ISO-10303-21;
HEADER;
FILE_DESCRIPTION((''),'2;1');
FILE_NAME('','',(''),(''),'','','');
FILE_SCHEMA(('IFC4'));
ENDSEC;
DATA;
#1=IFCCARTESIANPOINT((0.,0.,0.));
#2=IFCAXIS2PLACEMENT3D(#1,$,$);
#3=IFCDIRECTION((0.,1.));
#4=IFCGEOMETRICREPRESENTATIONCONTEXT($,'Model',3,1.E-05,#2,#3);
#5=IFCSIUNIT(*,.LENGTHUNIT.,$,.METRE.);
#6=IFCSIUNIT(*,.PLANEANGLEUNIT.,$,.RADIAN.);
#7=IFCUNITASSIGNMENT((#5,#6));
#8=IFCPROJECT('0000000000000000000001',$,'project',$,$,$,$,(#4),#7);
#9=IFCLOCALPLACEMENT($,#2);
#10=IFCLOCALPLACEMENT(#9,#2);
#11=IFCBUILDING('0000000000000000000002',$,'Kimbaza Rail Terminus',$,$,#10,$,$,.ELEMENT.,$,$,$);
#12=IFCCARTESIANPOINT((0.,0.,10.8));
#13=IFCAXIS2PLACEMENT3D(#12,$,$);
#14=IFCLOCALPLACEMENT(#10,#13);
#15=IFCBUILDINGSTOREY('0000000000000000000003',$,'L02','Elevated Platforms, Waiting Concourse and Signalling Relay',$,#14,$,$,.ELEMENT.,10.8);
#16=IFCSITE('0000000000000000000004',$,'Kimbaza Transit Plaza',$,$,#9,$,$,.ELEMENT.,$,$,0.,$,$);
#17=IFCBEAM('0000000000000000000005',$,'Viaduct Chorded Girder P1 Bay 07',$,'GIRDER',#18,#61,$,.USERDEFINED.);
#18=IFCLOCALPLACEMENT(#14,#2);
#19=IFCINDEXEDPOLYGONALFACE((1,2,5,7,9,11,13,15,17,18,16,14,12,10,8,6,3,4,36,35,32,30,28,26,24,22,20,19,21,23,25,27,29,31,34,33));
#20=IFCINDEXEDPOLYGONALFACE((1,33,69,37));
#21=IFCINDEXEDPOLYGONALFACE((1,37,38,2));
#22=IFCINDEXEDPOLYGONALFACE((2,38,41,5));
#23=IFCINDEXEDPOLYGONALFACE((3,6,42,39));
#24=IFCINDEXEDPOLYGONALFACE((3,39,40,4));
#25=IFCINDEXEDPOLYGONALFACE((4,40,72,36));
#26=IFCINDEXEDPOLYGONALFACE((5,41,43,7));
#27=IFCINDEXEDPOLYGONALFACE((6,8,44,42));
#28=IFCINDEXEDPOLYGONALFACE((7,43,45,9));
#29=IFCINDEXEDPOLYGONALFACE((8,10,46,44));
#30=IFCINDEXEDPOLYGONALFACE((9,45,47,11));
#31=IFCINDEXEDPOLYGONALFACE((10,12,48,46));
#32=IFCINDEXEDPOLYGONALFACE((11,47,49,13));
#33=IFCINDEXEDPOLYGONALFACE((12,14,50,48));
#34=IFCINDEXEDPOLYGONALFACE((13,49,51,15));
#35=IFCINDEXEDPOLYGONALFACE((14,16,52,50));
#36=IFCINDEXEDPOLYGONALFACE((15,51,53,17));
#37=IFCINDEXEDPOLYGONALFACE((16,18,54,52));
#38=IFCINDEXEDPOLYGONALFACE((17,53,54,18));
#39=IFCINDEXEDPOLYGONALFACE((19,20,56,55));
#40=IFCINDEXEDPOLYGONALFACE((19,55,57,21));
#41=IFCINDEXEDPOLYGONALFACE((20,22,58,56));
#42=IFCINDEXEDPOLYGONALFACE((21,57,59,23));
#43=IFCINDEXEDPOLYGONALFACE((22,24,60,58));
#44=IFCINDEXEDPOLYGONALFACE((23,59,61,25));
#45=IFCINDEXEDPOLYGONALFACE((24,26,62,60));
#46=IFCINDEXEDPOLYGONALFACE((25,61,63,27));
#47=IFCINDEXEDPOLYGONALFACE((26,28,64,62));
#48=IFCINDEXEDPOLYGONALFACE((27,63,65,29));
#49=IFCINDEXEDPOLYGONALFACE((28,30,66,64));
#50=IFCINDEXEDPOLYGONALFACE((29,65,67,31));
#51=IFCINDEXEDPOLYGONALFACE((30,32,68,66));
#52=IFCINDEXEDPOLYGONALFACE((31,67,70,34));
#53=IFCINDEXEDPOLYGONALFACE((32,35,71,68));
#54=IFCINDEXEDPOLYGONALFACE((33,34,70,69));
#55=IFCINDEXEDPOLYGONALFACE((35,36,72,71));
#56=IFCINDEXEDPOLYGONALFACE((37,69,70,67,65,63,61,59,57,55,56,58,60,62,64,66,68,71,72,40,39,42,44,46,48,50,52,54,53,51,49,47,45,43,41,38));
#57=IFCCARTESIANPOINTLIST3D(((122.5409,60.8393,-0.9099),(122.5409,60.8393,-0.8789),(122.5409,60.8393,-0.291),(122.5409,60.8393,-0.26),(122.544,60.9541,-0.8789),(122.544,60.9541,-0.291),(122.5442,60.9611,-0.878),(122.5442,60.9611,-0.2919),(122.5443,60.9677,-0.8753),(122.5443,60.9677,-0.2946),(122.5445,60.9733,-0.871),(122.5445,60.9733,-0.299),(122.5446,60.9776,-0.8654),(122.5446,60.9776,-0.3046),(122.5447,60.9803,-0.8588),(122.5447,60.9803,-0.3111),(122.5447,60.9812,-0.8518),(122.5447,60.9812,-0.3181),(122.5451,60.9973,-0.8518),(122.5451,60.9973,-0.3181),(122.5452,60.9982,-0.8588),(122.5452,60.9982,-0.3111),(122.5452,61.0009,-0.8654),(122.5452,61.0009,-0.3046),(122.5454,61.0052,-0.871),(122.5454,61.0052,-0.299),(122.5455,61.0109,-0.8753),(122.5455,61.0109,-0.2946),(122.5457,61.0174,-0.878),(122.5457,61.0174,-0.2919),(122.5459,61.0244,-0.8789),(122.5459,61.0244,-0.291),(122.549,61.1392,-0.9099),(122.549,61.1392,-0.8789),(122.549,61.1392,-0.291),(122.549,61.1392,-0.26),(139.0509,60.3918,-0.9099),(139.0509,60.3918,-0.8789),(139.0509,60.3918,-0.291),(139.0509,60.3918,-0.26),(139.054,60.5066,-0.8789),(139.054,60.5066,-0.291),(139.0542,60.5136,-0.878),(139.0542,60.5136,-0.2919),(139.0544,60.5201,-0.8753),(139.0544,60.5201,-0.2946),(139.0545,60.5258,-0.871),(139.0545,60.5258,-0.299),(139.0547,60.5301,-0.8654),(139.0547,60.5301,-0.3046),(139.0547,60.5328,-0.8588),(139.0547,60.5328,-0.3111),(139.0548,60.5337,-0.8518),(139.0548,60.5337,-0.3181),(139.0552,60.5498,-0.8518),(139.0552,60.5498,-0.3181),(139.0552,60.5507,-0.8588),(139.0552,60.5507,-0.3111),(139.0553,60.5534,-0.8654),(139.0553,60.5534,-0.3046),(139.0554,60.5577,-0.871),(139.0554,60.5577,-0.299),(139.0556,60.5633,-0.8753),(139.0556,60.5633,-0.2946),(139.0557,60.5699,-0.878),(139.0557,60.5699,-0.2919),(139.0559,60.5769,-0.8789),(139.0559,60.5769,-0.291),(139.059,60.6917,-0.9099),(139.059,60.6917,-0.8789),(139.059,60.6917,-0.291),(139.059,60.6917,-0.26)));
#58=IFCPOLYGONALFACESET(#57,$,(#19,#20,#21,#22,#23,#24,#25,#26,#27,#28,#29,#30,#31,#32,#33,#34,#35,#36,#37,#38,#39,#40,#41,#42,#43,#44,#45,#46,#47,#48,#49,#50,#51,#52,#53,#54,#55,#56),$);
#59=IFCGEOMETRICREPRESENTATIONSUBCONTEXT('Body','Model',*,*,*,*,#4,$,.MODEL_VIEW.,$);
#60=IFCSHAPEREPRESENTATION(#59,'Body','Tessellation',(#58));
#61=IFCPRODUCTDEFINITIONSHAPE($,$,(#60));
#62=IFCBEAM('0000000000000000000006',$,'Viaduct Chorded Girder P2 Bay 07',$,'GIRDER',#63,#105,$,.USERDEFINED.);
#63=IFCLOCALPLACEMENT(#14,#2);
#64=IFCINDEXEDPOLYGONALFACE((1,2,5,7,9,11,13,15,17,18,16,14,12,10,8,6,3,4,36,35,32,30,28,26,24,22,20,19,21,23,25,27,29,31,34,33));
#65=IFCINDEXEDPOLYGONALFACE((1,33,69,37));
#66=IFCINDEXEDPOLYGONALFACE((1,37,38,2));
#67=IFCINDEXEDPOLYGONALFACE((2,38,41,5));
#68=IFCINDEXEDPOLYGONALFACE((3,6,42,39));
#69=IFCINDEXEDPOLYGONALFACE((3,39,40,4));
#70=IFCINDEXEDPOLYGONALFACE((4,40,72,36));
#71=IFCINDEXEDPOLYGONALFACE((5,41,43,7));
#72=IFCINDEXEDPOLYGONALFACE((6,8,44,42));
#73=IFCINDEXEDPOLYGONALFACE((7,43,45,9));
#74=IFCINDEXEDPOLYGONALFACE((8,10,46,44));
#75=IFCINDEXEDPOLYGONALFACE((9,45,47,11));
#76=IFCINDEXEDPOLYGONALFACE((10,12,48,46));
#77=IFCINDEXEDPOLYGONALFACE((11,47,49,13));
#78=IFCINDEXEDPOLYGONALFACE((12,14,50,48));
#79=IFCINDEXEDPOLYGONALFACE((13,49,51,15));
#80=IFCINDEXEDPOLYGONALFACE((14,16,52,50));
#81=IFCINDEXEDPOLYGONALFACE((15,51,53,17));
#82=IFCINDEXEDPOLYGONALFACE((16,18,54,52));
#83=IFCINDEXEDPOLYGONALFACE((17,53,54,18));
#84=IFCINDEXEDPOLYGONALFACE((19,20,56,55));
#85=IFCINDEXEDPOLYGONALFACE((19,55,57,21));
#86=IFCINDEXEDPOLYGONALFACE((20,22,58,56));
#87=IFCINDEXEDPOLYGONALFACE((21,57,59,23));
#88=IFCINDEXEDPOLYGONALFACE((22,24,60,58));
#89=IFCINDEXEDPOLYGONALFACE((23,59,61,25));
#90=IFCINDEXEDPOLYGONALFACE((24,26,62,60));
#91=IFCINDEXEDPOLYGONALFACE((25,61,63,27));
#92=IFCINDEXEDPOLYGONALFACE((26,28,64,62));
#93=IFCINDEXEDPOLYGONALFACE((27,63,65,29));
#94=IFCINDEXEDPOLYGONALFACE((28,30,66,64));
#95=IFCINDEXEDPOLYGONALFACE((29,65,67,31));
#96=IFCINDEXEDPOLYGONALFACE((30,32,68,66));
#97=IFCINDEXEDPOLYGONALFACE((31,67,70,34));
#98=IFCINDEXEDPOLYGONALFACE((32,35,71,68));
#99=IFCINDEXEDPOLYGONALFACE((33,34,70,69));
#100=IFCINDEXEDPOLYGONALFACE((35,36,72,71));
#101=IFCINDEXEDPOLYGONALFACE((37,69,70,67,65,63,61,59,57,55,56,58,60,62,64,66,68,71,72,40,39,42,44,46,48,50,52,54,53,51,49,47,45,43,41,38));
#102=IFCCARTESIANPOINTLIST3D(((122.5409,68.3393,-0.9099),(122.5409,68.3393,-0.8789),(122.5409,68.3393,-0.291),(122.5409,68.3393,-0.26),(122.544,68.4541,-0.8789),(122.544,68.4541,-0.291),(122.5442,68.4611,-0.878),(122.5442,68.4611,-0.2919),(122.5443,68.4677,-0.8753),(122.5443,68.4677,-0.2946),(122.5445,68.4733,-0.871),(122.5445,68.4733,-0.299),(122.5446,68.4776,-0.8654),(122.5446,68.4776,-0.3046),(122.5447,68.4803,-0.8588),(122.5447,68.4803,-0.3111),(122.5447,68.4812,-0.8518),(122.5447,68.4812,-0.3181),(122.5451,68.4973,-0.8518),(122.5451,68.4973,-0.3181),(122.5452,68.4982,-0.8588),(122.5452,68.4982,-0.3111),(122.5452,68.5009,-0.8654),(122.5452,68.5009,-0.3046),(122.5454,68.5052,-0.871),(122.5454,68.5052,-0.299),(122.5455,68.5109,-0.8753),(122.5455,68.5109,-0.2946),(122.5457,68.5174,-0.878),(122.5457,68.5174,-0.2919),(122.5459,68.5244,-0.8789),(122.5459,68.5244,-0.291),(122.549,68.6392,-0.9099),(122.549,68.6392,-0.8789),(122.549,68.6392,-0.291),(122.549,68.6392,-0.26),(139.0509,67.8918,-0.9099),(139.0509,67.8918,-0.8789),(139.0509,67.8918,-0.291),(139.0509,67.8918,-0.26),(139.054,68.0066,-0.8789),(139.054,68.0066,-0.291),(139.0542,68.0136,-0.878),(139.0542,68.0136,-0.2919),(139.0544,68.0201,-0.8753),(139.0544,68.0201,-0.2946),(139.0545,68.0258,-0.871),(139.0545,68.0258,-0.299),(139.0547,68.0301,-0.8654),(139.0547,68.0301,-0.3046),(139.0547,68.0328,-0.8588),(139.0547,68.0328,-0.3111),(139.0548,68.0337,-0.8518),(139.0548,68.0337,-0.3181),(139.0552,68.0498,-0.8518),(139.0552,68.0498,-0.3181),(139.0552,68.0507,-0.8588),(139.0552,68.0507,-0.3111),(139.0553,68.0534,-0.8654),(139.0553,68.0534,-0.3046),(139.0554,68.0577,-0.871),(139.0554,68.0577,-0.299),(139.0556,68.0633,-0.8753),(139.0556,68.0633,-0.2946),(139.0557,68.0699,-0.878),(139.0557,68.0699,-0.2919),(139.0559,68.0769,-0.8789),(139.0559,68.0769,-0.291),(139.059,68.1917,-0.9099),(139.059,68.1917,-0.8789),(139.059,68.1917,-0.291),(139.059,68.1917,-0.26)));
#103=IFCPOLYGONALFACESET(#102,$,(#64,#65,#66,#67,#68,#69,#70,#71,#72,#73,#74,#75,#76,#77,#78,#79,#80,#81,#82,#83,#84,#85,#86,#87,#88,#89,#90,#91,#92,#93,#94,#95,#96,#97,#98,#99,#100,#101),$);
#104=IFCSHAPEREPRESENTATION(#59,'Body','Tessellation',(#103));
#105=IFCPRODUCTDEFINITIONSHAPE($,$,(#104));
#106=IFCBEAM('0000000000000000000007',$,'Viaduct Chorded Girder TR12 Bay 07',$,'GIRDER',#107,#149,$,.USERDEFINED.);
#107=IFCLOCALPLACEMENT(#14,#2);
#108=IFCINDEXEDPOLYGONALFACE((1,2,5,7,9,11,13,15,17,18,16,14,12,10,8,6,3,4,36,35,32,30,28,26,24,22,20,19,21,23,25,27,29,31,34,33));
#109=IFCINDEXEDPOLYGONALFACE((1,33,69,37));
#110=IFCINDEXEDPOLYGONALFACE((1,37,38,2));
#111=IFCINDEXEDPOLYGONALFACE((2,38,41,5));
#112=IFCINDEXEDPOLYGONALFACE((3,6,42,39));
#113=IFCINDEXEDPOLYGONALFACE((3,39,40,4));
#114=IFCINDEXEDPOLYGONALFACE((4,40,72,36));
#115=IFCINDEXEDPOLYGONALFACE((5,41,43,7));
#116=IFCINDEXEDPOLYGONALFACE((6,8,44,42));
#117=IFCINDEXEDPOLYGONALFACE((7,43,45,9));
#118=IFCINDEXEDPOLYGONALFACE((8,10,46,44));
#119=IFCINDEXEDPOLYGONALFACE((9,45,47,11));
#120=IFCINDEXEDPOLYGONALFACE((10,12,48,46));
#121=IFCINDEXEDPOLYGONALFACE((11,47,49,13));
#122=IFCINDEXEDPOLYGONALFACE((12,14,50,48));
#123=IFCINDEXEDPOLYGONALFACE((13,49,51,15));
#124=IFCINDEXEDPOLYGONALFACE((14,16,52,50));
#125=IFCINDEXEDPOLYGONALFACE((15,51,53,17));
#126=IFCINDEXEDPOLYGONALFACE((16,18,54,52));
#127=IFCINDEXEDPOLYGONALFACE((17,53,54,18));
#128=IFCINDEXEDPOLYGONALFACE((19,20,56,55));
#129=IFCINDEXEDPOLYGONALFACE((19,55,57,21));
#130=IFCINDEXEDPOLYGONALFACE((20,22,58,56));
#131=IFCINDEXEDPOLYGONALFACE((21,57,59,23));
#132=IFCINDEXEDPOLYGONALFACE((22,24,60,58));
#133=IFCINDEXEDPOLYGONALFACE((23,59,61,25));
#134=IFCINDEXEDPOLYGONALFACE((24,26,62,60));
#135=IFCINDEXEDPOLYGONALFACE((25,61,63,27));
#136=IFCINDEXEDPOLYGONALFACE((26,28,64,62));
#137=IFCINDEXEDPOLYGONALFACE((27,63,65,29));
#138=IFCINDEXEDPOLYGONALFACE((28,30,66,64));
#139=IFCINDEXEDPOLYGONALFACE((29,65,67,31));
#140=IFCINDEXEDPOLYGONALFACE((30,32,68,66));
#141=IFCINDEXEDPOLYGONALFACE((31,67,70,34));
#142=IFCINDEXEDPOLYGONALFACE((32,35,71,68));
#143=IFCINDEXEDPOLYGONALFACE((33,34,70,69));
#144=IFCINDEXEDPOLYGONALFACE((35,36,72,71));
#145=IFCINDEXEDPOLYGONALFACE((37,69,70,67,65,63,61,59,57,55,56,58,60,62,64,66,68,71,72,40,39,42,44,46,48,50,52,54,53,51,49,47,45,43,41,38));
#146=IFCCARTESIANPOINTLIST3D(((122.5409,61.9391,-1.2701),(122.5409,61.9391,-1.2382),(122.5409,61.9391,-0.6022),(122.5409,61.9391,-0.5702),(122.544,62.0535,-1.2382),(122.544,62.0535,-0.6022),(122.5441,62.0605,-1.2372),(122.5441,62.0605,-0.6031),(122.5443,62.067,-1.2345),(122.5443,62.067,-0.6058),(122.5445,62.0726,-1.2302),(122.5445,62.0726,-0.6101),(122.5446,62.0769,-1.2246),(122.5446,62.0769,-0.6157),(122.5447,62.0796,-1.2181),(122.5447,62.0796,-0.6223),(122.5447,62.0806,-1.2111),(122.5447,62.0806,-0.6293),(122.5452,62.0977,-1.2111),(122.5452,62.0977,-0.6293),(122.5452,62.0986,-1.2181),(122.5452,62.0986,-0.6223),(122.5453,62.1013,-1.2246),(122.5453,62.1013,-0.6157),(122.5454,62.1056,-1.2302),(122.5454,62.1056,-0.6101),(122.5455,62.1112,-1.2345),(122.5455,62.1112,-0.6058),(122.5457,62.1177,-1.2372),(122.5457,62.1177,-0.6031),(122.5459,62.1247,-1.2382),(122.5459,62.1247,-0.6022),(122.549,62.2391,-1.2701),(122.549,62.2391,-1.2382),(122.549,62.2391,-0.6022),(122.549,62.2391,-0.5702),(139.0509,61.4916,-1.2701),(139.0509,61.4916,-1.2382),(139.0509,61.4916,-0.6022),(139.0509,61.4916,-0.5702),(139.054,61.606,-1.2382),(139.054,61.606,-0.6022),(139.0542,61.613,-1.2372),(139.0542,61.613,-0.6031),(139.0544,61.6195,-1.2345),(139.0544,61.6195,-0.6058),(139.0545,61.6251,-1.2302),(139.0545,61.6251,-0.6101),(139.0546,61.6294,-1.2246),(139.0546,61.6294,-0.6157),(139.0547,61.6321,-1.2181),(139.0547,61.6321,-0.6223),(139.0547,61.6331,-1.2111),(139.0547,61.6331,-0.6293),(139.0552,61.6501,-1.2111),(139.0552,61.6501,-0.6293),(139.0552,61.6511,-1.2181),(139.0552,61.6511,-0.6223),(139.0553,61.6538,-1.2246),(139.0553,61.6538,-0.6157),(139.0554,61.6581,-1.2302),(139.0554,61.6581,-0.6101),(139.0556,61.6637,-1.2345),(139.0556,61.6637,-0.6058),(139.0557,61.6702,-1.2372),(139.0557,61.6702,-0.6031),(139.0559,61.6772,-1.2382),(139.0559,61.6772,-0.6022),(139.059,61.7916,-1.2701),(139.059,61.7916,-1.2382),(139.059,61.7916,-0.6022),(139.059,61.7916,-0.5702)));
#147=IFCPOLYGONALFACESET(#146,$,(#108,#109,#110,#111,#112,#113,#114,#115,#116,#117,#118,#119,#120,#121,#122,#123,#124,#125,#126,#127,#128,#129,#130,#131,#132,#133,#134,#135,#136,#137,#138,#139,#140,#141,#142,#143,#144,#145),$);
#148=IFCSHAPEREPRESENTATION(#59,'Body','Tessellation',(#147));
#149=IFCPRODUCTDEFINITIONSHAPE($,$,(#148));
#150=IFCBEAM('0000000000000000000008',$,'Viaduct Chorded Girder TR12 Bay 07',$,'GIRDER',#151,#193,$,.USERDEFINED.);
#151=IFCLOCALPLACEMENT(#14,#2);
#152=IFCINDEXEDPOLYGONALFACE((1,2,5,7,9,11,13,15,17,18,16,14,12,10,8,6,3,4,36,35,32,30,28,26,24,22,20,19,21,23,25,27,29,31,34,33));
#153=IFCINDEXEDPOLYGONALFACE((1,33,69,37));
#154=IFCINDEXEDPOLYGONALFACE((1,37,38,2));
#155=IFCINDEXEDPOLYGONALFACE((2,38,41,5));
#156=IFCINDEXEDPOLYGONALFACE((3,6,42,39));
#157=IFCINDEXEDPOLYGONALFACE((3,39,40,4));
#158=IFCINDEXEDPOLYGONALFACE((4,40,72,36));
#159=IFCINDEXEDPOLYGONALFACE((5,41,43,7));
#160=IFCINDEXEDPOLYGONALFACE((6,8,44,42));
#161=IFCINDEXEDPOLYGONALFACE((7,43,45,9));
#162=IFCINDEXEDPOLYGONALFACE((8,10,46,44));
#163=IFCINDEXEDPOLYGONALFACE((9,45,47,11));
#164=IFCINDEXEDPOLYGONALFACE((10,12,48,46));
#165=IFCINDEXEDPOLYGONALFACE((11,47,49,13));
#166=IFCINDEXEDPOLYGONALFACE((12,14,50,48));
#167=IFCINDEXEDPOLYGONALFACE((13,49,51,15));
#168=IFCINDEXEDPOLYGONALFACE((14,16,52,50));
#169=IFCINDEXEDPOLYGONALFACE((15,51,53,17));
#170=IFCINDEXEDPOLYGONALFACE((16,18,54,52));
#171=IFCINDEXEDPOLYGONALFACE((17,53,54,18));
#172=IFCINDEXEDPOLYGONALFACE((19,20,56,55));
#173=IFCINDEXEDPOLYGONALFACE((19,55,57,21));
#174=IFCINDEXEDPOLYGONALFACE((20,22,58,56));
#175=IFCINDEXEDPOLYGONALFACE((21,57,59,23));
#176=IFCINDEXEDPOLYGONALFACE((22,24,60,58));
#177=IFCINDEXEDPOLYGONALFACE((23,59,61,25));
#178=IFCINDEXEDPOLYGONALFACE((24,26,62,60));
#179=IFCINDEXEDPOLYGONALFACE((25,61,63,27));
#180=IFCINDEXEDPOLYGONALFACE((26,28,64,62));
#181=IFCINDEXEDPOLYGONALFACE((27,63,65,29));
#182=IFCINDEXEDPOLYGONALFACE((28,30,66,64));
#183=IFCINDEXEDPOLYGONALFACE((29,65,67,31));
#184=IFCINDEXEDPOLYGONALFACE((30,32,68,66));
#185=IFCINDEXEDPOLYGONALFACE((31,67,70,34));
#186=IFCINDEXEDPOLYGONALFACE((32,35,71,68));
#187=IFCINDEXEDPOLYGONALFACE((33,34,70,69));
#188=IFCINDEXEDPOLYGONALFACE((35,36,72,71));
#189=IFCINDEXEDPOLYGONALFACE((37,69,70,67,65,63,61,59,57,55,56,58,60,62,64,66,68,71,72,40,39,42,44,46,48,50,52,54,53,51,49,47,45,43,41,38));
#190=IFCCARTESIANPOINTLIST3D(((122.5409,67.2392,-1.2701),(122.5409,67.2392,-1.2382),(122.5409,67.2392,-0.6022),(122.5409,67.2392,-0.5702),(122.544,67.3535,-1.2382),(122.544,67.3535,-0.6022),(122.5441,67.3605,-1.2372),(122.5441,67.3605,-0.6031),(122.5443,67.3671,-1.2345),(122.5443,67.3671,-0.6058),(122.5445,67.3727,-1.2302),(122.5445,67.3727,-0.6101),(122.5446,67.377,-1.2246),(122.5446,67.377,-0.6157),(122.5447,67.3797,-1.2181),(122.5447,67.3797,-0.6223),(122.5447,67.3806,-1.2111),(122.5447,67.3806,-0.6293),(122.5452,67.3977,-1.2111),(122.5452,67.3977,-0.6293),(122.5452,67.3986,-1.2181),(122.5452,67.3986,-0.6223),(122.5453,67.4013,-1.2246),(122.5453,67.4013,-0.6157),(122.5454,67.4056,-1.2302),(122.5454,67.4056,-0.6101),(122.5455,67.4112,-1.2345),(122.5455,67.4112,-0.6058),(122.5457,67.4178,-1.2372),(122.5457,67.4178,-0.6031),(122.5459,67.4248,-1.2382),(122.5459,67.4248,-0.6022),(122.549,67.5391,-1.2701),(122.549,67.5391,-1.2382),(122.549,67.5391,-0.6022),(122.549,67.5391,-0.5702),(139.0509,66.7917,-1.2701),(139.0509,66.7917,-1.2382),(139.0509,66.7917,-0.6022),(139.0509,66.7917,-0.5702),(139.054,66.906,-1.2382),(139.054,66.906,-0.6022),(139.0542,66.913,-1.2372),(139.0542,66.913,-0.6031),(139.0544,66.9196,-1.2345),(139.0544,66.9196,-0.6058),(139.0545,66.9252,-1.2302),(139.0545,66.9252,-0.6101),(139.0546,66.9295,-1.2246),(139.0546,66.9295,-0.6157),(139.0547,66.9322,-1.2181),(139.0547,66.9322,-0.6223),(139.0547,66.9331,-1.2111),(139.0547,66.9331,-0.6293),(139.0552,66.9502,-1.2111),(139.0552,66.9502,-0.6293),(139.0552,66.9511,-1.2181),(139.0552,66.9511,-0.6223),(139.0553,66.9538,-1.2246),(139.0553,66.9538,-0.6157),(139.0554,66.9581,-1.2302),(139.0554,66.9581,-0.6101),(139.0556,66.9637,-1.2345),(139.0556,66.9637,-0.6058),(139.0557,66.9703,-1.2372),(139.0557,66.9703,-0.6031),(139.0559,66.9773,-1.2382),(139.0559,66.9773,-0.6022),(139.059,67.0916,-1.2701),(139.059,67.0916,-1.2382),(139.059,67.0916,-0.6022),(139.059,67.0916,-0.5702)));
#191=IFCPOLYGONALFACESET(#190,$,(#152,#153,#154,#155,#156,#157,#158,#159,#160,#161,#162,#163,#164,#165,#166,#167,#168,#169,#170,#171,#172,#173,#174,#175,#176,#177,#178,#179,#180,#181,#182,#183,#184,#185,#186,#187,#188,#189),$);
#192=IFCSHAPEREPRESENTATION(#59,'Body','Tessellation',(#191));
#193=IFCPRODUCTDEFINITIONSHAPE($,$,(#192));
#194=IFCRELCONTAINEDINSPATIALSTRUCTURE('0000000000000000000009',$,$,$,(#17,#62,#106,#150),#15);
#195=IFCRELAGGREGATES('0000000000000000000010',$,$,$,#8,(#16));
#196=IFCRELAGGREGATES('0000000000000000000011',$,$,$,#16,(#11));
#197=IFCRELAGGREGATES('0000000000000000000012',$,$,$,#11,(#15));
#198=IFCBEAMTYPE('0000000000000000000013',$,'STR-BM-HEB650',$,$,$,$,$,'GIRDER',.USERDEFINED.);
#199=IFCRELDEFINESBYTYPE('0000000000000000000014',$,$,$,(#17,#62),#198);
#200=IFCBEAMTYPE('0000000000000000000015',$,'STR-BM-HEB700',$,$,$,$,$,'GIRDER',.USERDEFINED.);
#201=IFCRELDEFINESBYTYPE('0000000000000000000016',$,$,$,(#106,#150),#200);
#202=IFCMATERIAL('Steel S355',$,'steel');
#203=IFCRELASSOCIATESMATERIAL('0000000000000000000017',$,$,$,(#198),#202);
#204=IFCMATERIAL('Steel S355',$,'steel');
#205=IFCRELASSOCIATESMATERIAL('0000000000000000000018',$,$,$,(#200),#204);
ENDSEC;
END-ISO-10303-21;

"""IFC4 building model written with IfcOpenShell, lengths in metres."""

from ifc_helpers import new_model, si_unit, direction, frame, origin, origin_2d, place, context, subcontext, project, spatial, i_section, extrude, material, material_profile, profile_set, type_object, element, save


model = new_model("IFC4")

# Units and contexts
model_context = context("Model", 3, precision=1e-05, world=origin(), true_north=direction((0.0, 1.0)))
body_context = subcontext(model_context, "Body", "Model", "MODEL_VIEW")
ifc_project = project(units=[si_unit("LENGTHUNIT", "METRE"), si_unit("PLANEANGLEUNIT", "RADIAN")], contexts=[model_context])

# Site, building, storey
site_placement = place(None, origin())
site = spatial("IfcSite", under=ifc_project, at=site_placement, Name="Kimbaza Transit Plaza", CompositionType="ELEMENT", RefElevation=0.0)
building_placement = place(site_placement, origin())
building = spatial("IfcBuilding", under=site, at=building_placement, Name="Kimbaza Rail Terminus", CompositionType="ELEMENT")
storey_placement = place(building_placement, frame((0.0, 0.0, 10.8)))
storey = spatial("IfcBuildingStorey", under=building, at=storey_placement, Name="L02", Description="Elevated Platforms, Waiting Concourse and Signalling Relay", CompositionType="ELEMENT", Elevation=10.8)

# Beams
ifc_material_1 = material(Name="Steel S355", Category="steel")
ifc_material_profile_1 = material_profile(ifc_material_1, i_section(OverallWidth=0.3, OverallDepth=0.6499, WebThickness=0.0161, FlangeThickness=0.031, FilletRadius=0.0271, at=origin_2d()), Name="HEB 650")
ifc_profile_set_1 = profile_set([ifc_material_profile_1], Name="Steel S355")
beam_type_1 = type_object("IfcBeamType", Name="STR-BM-HEB650", ElementType="GIRDER", PredefinedType="USERDEFINED", material=ifc_profile_set_1)
for number, where, z_axis, x_axis, name in (
    (1, (122.5449, 60.9893, -0.585), (0.999633, -0.027095, 0.0), (0.027095, 0.999633, 0.0), "Viaduct Chorded Girder P1 Bay 07"),
    (2, (122.5449, 68.4893, -0.585), (0.999633, -0.027095, 0.0), (0.027095, 0.999633, 0.0), "Viaduct Chorded Girder P2 Bay 07"),
):
    element("IfcBeam", number, at=place(storey_placement, frame(where, z_axis=z_axis, x_axis=x_axis)), inside=storey, type_object=beam_type_1, Name=name, ObjectType="GIRDER", PredefinedType="USERDEFINED", context=body_context, shape_type="SweptSolid", body=[
        extrude(i_section(OverallWidth=0.3, OverallDepth=0.6499, WebThickness=0.0161, FlangeThickness=0.031, FilletRadius=0.0271, at=origin_2d()), origin(), (0.0, 0.0, 1.0), 16.5161),
    ])
ifc_material_2 = material(Name="Steel S355", Category="steel")
ifc_material_profile_2 = material_profile(ifc_material_2, i_section(OverallWidth=0.3, OverallDepth=0.7, WebThickness=0.0171, FlangeThickness=0.032, FilletRadius=0.0271, at=origin_2d()), Name="HEB 700")
ifc_profile_set_2 = profile_set([ifc_material_profile_2], Name="Steel S355")
beam_type_2 = type_object("IfcBeamType", Name="STR-BM-HEB700", ElementType="GIRDER", PredefinedType="USERDEFINED", material=ifc_profile_set_2)
for number, where, z_axis, x_axis, name in (
    (3, (122.5449, 62.0891, -0.9202), (0.999633, -0.027095, 0.0), (0.027095, 0.999633, 0.0), "Viaduct Chorded Girder TR12 Bay 07"),
    (4, (122.5449, 67.3892, -0.9202), (0.999633, -0.027095, 0.0), (0.027095, 0.999633, 0.0), "Viaduct Chorded Girder TR12 Bay 07"),
):
    element("IfcBeam", number, at=place(storey_placement, frame(where, z_axis=z_axis, x_axis=x_axis)), inside=storey, type_object=beam_type_2, Name=name, ObjectType="GIRDER", PredefinedType="USERDEFINED", context=body_context, shape_type="SweptSolid", body=[
        extrude(i_section(OverallWidth=0.3, OverallDepth=0.7, WebThickness=0.0171, FlangeThickness=0.032, FilletRadius=0.0271, at=origin_2d()), origin(), (0.0, 0.0, 1.0), 16.5161),
    ])

save(model, "model.ifc")
